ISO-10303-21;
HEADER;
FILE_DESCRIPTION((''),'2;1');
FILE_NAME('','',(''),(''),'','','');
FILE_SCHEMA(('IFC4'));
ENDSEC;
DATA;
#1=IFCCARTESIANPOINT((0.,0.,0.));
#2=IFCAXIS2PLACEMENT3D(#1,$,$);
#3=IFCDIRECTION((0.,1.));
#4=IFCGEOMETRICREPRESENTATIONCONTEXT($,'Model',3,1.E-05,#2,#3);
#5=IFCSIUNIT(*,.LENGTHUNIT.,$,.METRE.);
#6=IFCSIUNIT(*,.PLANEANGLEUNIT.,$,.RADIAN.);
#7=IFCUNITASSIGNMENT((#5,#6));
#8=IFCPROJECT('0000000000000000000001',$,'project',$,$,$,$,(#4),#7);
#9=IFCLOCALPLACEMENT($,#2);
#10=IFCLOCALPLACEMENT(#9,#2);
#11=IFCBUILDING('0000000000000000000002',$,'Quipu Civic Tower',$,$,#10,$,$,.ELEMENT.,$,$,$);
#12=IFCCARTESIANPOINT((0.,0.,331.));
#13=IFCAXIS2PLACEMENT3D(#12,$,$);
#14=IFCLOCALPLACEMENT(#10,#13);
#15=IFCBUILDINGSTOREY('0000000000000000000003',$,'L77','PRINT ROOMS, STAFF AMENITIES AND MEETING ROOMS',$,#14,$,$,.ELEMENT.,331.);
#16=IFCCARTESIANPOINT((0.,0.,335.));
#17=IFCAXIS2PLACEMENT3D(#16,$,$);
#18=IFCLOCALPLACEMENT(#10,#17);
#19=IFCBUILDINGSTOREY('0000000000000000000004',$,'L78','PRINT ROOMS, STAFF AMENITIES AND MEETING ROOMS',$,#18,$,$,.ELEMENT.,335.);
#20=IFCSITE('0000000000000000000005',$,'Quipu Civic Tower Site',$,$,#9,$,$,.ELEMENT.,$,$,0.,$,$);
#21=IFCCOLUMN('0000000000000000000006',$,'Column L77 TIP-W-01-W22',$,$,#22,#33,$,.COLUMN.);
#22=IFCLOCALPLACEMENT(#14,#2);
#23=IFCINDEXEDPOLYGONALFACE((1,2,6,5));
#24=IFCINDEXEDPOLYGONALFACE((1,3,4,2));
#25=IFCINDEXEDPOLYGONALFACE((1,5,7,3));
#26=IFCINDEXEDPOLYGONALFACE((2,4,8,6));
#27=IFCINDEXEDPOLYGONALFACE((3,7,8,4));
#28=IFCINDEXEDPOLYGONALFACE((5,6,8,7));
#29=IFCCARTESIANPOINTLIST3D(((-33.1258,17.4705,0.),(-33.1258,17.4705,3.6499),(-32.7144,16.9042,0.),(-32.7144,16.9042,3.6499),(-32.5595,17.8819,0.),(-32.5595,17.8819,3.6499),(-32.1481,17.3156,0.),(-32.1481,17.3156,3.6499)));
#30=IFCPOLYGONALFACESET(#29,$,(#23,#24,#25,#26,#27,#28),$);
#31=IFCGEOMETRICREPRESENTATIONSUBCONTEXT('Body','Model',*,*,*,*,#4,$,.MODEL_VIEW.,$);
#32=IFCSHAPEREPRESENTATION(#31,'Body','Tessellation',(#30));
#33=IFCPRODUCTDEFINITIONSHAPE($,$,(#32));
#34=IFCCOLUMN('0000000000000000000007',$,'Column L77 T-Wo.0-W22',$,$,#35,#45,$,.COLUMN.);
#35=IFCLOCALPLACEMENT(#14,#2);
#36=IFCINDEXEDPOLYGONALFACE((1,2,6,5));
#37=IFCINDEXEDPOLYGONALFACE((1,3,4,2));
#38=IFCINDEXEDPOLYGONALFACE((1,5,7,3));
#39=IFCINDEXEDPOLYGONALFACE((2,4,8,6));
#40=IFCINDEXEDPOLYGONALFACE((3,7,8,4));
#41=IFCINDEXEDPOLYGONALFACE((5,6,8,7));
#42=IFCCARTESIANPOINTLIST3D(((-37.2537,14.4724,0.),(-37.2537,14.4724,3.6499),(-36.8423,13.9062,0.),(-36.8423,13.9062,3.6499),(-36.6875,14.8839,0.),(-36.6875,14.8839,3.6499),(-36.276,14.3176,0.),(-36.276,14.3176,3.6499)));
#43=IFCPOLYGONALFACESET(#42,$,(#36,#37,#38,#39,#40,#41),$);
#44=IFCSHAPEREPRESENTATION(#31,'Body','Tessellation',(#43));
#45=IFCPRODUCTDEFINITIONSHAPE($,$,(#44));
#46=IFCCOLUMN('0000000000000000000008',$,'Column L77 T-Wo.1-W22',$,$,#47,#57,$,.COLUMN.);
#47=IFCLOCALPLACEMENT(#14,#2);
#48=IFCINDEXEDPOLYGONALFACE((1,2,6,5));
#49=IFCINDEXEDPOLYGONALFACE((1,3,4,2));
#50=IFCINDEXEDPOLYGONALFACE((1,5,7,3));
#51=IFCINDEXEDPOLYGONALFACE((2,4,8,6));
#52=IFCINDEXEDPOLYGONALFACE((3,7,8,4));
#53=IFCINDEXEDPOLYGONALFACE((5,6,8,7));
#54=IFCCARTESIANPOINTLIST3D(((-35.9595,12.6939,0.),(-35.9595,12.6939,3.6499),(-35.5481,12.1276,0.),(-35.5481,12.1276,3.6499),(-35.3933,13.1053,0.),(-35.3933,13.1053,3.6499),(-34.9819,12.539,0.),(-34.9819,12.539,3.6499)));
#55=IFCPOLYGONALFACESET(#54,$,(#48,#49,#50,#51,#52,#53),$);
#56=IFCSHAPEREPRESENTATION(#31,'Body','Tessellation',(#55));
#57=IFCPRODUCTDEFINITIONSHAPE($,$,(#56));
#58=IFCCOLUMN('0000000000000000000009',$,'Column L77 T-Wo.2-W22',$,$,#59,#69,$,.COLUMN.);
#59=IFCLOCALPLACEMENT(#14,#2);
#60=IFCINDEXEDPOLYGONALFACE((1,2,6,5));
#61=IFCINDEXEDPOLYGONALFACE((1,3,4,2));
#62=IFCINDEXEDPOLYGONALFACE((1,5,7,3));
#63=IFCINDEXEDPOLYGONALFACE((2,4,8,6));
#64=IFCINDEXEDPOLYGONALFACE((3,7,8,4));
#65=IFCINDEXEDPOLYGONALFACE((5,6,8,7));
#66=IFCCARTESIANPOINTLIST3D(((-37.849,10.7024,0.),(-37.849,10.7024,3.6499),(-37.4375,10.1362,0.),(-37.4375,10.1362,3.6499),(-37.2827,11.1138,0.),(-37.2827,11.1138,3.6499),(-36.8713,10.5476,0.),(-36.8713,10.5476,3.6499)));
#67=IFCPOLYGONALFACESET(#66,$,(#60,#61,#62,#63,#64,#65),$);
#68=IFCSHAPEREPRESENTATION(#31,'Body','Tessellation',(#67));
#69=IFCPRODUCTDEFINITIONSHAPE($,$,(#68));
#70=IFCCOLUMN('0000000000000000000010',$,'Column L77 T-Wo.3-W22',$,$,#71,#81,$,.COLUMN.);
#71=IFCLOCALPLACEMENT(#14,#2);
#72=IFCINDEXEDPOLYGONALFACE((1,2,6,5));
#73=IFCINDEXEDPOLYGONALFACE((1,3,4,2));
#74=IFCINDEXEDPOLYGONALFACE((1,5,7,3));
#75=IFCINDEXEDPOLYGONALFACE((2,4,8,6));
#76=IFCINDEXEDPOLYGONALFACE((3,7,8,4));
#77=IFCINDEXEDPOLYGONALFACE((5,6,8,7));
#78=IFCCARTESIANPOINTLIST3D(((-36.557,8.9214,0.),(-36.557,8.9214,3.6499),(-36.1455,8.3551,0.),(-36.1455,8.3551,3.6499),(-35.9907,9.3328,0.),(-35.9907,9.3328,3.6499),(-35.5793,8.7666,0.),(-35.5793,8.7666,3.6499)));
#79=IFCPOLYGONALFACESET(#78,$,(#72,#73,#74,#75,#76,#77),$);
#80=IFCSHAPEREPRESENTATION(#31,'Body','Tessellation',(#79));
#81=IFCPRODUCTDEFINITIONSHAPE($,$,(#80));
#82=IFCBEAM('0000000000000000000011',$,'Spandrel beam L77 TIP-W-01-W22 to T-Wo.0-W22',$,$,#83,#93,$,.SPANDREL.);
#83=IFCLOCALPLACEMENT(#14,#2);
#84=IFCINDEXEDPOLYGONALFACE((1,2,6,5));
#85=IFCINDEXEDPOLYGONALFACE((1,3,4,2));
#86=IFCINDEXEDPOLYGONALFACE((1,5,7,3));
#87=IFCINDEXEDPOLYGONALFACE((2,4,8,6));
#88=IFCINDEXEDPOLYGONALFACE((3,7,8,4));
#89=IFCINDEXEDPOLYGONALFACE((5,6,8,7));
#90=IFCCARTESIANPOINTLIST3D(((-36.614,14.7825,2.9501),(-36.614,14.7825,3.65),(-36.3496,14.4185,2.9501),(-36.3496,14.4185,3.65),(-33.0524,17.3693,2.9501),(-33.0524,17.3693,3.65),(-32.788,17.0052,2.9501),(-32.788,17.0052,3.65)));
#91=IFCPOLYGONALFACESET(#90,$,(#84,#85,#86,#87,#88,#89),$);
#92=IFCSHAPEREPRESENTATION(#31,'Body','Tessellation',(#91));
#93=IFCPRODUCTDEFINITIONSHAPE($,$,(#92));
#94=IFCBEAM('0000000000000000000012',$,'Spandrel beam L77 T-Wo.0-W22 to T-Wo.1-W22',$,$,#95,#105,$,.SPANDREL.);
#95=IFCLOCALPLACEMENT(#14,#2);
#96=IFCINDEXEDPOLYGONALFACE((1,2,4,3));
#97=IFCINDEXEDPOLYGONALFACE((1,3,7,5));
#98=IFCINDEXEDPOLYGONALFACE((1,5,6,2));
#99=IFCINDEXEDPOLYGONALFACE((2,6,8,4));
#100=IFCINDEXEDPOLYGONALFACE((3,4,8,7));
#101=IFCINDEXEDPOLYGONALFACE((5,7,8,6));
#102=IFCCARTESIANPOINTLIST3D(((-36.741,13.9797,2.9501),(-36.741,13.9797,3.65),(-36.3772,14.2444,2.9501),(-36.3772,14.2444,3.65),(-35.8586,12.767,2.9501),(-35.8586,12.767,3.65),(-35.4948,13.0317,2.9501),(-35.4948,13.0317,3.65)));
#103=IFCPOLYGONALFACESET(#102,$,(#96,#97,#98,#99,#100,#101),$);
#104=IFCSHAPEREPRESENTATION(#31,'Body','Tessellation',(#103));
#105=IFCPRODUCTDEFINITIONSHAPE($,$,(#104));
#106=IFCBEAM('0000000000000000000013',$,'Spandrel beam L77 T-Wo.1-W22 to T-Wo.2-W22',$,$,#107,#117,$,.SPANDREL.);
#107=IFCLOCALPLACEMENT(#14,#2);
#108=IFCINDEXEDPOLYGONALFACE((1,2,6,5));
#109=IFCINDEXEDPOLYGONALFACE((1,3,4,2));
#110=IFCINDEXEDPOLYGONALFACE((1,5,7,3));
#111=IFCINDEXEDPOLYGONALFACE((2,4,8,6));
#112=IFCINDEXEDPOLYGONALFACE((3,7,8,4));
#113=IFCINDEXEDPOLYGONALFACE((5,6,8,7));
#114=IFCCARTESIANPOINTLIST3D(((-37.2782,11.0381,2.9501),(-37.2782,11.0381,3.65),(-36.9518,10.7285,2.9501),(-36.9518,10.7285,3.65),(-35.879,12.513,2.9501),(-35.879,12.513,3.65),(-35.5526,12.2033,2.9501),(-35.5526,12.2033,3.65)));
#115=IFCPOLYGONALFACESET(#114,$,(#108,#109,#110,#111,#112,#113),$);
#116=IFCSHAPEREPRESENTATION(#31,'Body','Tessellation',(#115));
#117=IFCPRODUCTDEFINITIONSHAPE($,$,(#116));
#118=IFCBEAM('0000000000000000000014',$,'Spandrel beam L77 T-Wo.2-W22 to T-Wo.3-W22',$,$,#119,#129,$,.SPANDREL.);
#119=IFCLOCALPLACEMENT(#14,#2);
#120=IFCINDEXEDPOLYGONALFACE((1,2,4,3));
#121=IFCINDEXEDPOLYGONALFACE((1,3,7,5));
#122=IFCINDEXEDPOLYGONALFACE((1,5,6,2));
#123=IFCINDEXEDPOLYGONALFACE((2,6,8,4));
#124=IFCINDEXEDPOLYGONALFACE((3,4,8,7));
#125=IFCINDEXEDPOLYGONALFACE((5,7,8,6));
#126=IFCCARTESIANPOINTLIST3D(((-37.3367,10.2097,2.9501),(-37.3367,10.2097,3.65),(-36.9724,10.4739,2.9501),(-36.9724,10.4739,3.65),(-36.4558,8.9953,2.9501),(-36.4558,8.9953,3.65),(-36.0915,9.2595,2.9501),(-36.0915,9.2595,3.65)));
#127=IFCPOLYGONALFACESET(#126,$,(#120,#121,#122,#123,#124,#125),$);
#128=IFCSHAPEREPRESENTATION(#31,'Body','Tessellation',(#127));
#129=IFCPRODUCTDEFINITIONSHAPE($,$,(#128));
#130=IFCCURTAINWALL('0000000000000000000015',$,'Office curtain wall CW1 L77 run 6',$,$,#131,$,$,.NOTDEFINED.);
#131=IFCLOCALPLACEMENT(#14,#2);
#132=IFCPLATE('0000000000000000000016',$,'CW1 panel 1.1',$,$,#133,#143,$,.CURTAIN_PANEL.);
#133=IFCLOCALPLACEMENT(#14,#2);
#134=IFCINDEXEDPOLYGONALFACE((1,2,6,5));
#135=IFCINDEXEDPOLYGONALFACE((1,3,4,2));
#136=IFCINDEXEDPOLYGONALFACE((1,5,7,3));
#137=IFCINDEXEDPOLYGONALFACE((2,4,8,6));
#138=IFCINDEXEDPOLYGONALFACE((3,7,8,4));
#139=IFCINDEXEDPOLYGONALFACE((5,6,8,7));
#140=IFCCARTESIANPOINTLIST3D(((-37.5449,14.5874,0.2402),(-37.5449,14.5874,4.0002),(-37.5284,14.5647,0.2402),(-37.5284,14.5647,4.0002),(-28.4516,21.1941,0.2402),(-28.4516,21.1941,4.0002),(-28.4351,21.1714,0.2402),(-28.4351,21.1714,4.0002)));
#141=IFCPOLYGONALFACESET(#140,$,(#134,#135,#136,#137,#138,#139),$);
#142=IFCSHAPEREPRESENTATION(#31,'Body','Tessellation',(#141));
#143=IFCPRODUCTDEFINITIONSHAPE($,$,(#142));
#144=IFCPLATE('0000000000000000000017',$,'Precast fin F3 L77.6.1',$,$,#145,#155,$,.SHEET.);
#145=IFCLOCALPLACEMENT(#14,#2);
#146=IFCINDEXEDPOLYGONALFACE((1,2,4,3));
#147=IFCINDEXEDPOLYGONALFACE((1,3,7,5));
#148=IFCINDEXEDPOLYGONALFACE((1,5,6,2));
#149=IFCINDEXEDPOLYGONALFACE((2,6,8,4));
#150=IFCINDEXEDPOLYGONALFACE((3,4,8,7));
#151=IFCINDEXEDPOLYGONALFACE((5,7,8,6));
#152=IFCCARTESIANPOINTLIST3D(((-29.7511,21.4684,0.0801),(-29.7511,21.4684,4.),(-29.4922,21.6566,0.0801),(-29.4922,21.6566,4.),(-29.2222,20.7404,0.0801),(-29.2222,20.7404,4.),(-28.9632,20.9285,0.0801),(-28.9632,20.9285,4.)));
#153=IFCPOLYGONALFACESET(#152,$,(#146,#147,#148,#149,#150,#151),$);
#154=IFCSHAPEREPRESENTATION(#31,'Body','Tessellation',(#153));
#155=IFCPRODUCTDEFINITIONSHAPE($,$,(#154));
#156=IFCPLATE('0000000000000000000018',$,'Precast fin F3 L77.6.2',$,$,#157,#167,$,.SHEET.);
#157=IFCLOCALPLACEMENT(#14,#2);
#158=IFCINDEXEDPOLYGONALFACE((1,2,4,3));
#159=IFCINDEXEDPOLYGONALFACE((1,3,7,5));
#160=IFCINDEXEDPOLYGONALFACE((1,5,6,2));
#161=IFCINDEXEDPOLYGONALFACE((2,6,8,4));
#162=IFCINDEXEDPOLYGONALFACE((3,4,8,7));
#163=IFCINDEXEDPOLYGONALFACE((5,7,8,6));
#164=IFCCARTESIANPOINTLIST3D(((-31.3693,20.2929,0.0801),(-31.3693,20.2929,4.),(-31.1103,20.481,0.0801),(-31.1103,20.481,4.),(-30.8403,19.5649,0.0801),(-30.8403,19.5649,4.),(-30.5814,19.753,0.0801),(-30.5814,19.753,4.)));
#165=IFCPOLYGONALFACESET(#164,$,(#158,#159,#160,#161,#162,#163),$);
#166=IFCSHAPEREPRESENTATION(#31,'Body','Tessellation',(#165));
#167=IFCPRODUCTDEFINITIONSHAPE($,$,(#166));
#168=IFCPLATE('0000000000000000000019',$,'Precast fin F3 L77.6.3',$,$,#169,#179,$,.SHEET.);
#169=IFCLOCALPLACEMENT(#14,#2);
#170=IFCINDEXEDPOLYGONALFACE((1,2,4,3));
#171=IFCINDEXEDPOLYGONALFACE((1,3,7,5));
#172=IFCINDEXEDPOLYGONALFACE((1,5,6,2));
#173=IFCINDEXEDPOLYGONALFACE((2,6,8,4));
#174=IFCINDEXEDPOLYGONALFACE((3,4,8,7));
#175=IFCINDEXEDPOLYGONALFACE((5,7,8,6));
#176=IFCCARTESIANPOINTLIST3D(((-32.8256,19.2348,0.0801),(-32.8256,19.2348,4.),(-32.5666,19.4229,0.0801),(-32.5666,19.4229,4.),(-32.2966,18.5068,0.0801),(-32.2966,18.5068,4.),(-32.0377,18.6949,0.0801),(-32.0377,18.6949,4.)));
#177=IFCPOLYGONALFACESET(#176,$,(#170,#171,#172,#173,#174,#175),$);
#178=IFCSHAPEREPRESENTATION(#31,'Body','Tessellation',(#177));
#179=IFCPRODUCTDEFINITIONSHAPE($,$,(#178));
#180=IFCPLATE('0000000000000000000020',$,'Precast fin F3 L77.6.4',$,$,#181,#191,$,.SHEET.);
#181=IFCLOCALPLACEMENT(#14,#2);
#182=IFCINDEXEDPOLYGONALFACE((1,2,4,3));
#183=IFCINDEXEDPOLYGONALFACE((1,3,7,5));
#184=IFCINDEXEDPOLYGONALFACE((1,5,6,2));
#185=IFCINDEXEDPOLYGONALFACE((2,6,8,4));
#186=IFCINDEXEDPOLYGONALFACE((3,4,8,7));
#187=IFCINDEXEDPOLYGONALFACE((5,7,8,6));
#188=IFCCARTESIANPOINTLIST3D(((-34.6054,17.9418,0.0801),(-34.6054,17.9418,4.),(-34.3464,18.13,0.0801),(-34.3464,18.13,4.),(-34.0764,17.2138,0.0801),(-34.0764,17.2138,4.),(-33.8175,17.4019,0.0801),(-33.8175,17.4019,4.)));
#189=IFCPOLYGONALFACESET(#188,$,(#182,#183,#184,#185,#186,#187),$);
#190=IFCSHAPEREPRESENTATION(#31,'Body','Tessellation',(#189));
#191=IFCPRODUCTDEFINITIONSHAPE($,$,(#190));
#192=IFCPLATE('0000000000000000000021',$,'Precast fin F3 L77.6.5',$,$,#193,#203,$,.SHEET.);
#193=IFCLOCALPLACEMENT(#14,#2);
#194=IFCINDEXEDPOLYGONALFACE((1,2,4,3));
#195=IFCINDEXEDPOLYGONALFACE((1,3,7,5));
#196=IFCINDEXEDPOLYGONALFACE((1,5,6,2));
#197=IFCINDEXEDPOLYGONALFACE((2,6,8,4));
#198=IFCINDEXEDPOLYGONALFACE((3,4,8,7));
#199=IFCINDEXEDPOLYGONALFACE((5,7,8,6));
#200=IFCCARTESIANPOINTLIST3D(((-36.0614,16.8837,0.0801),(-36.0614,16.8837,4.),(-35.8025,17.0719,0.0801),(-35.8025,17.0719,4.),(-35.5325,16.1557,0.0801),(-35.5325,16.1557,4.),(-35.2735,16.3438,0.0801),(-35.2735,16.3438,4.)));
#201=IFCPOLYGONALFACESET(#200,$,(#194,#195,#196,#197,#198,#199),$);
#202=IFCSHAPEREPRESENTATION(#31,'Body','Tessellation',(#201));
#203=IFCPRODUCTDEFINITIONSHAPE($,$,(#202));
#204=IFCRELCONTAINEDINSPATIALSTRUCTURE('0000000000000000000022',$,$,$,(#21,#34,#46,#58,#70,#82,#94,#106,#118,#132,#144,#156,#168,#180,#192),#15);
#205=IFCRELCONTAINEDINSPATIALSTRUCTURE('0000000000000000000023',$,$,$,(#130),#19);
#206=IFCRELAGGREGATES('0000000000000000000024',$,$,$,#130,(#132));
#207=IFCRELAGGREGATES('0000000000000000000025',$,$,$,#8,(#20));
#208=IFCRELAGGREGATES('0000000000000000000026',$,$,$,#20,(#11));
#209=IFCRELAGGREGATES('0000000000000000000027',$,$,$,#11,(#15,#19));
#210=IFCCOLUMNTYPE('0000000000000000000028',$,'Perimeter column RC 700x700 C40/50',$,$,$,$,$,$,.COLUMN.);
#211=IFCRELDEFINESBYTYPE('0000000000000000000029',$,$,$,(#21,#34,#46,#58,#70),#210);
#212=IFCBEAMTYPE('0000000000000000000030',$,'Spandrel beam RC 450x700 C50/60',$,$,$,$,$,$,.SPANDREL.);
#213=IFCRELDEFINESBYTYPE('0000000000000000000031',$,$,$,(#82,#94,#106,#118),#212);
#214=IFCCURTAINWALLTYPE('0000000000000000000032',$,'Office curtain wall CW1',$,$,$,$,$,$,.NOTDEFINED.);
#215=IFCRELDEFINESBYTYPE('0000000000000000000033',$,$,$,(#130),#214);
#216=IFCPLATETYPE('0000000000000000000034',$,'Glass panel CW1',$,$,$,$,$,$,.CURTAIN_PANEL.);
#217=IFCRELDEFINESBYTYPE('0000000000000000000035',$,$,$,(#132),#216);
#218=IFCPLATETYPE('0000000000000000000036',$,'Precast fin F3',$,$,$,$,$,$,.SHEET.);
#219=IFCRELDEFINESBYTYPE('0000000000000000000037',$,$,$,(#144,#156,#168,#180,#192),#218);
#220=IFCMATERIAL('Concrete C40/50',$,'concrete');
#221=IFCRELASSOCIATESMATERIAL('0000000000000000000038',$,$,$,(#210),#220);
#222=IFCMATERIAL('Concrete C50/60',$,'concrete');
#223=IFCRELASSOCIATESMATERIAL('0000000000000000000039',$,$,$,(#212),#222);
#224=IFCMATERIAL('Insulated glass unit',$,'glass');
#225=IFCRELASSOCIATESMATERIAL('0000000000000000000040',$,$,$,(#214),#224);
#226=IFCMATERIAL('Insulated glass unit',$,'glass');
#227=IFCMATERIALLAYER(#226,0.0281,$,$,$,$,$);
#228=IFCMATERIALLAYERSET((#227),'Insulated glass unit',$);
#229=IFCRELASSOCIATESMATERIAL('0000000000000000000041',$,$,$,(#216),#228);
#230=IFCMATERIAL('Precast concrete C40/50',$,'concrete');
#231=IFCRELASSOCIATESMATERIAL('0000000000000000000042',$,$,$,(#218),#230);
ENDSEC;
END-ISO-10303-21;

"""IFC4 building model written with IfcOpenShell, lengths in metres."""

from ifc_helpers import new_model, si_unit, direction, frame, origin, origin_2d, place, context, subcontext, project, spatial, rectangle, extrude, material, layer, layer_set, material_profile, profile_set, type_object, element, aggregate, save


model = new_model("IFC4")

# Units and contexts
model_context = context("Model", 3, precision=1e-05, world=origin(), true_north=direction((0.0, 1.0)))
body_context = subcontext(model_context, "Body", "Model", "MODEL_VIEW")
ifc_project = project(units=[si_unit("LENGTHUNIT", "METRE"), si_unit("PLANEANGLEUNIT", "RADIAN")], contexts=[model_context])

# Site, building, storey
site_placement = place(None, origin())
site = spatial("IfcSite", under=ifc_project, at=site_placement, Name="Quipu Civic Tower Site", CompositionType="ELEMENT", RefElevation=0.0)
building_placement = place(site_placement, origin())
building = spatial("IfcBuilding", under=site, at=building_placement, Name="Quipu Civic Tower", CompositionType="ELEMENT")
storey_1_placement = place(building_placement, frame((0.0, 0.0, 331.0)))
storey_1 = spatial("IfcBuildingStorey", under=building, at=storey_1_placement, Name="L77", Description="PRINT ROOMS, STAFF AMENITIES AND MEETING ROOMS", CompositionType="ELEMENT", Elevation=331.0)

# Columns
ifc_material_1 = material(Name="Concrete C40/50", Category="concrete")
ifc_material_profile_1 = material_profile(ifc_material_1, rectangle(XDim=0.7, YDim=0.7, at=origin_2d()), Name="RC700x700")
ifc_profile_set_1 = profile_set([ifc_material_profile_1], Name="Concrete C40/50")
column_type = type_object("IfcColumnType", Name="Perimeter column RC 700x700 C40/50", PredefinedType="COLUMN", material=ifc_profile_set_1)
for number, where, z_axis, x_axis, name in (
    (1, (-32.637, 17.3931, 0.0), (0.0, 0.0, 1.0), (-0.809017, -0.587785, 0.0), "Column L77 TIP-W-01-W22"),
    (2, (-36.7649, 14.395, 0.0), (0.0, 0.0, 1.0), (0.587785, -0.809017, 0.0), "Column L77 T-Wo.0-W22"),
    (3, (-35.4707, 12.6165, 0.0), (0.0, 0.0, 1.0), (-0.809017, -0.587785, 0.0), "Column L77 T-Wo.1-W22"),
    (4, (-37.3601, 10.625, 0.0), (0.0, 0.0, 1.0), (0.587785, -0.809017, 0.0), "Column L77 T-Wo.2-W22"),
    (5, (-36.0681, 8.844, 0.0), (0.0, 0.0, 1.0), (0.587785, -0.809017, 0.0), "Column L77 T-Wo.3-W22"),
):
    element("IfcColumn", number, at=place(storey_1_placement, frame(where, z_axis=z_axis, x_axis=x_axis)), inside=storey_1, type_object=column_type, Name=name, PredefinedType="COLUMN", context=body_context, shape_type="SweptSolid", body=[
        extrude(rectangle(XDim=0.7, YDim=0.7, at=origin_2d()), origin(), (0.0, 0.0, 1.0), 3.6499),
    ])

# Beams
ifc_material_2 = material(Name="Concrete C50/60", Category="concrete")
ifc_material_profile_2 = material_profile(ifc_material_2, rectangle(XDim=0.45, YDim=0.7, at=origin_2d()), Name="RC450x700")
ifc_profile_set_2 = profile_set([ifc_material_profile_2], Name="Concrete C50/60")
beam_type = type_object("IfcBeamType", Name="Spandrel beam RC 450x700 C50/60", PredefinedType="SPANDREL", material=ifc_profile_set_2)
beam_1_placement = place(storey_1_placement, frame((-32.9202, 17.1873, 3.3), z_axis=(-0.809117, -0.587647, 0.0), x_axis=(0.587647, -0.809117, 0.0)))
element("IfcBeam", 6, at=beam_1_placement, inside=storey_1, type_object=beam_type, Name="Spandrel beam L77 TIP-W-01-W22 to T-Wo.0-W22", PredefinedType="SPANDREL", context=body_context, shape_type="SweptSolid", body=[
    extrude(rectangle(XDim=0.45, YDim=0.7, at=origin_2d()), origin(), (0.0, 0.0, 1.0), 4.4019),
])
beam_2_placement = place(storey_1_placement, frame((-36.5591, 14.1121, 3.3), z_axis=(0.588346, -0.808609, 0.0), x_axis=(0.808609, 0.588346, 0.0)))
element("IfcBeam", 7, at=beam_2_placement, inside=storey_1, type_object=beam_type, Name="Spandrel beam L77 T-Wo.0-W22 to T-Wo.1-W22", PredefinedType="SPANDREL", context=body_context, shape_type="SweptSolid", body=[
    extrude(rectangle(XDim=0.45, YDim=0.7, at=origin_2d()), origin(), (0.0, 0.0, 1.0), 1.4998),
])
beam_3_placement = place(storey_1_placement, frame((-35.7158, 12.3582, 3.3), z_axis=(-0.688247, -0.725476, 0.0), x_axis=(0.725476, -0.688247, 0.0)))
element("IfcBeam", 8, at=beam_3_placement, inside=storey_1, type_object=beam_type, Name="Spandrel beam L77 T-Wo.1-W22 to T-Wo.2-W22", PredefinedType="SPANDREL", context=body_context, shape_type="SweptSolid", body=[
    extrude(rectangle(XDim=0.45, YDim=0.7, at=origin_2d()), origin(), (0.0, 0.0, 1.0), 2.033),
])
beam_4_placement = place(storey_1_placement, frame((-37.1545, 10.3418, 3.3), z_axis=(0.587165, -0.809467, 0.0), x_axis=(0.809467, 0.587165, 0.0)))
element("IfcBeam", 9, at=beam_4_placement, inside=storey_1, type_object=beam_type, Name="Spandrel beam L77 T-Wo.2-W22 to T-Wo.3-W22", PredefinedType="SPANDREL", context=body_context, shape_type="SweptSolid", body=[
    extrude(rectangle(XDim=0.45, YDim=0.7, at=origin_2d()), origin(), (0.0, 0.0, 1.0), 1.5002),
])

# Shared definitions
storey_2_placement = place(building_placement, frame((0.0, 0.0, 335.0)))
storey_2 = spatial("IfcBuildingStorey", under=building, at=storey_2_placement, Name="L78", Description="PRINT ROOMS, STAFF AMENITIES AND MEETING ROOMS", CompositionType="ELEMENT", Elevation=335.0)

# Curtain wall, plate
ifc_material_3 = material(Name="Insulated glass unit", Category="glass")
curtain_wall_type = type_object("IfcCurtainWallType", Name="Office curtain wall CW1", PredefinedType="NOTDEFINED", material=ifc_material_3)
curtain_wall_placement = place(storey_2_placement, origin())
curtain_wall = element("IfcCurtainWall", 10, at=curtain_wall_placement, inside=storey_2, type_object=curtain_wall_type, Name="Office curtain wall CW1 L77 run 6", PredefinedType="NOTDEFINED")
ifc_material_4 = material(Name="Insulated glass unit", Category="glass")
ifc_layer_1 = layer(ifc_material_4, 0.0281)
ifc_layer_set_1 = layer_set([ifc_layer_1], Name="Insulated glass unit")
plate_type_1 = type_object("IfcPlateType", Name="Glass panel CW1", PredefinedType="CURTAIN_PANEL", material=ifc_layer_set_1)
plate_placement = place(storey_1_placement, frame((-32.99, 17.8794, 0.2402), z_axis=(0.0, 0.0, 1.0), x_axis=(-0.809015, -0.587788, 0.0)))
plate = element("IfcPlate", 11, at=plate_placement, inside=storey_1, type_object=plate_type_1, Name="CW1 panel 1.1", PredefinedType="CURTAIN_PANEL", context=body_context, shape_type="SweptSolid", body=[
    extrude(rectangle(XDim=11.24, YDim=0.0281, at=origin_2d()), origin(), (0.0, 0.0, 1.0), 3.76),
])
aggregate(curtain_wall, [plate])

# Plates
ifc_material_5 = material(Name="Precast concrete C40/50", Category="concrete")
plate_type_2 = type_object("IfcPlateType", Name="Precast fin F3", PredefinedType="SHEET", material=ifc_material_5)
for number, where, z_axis, x_axis, name in (
    (12, (-29.3572, 21.1985, 0.0801), (0.0, 0.0, 1.0), (-0.809017, -0.587785, 0.0), "Precast fin F3 L77.6.1"),
    (13, (-30.9753, 20.0229, 0.0801), (0.0, 0.0, 1.0), (-0.809017, -0.587785, 0.0), "Precast fin F3 L77.6.2"),
    (14, (-32.4316, 18.9648, 0.0801), (0.0, 0.0, 1.0), (-0.809017, -0.587785, 0.0), "Precast fin F3 L77.6.3"),
    (15, (-34.2114, 17.6719, 0.0801), (0.0, 0.0, 1.0), (-0.809017, -0.587785, 0.0), "Precast fin F3 L77.6.4"),
    (16, (-35.6675, 16.6138, 0.0801), (0.0, 0.0, 1.0), (-0.809017, -0.587785, 0.0), "Precast fin F3 L77.6.5"),
):
    element("IfcPlate", number, at=place(storey_1_placement, frame(where, z_axis=z_axis, x_axis=x_axis)), inside=storey_1, type_object=plate_type_2, Name=name, PredefinedType="SHEET", context=body_context, shape_type="SweptSolid", body=[
        extrude(rectangle(XDim=0.3201, YDim=0.8999, at=origin_2d()), origin(), (0.0, 0.0, 1.0), 3.9199),
    ])

save(model, "model.ifc")
